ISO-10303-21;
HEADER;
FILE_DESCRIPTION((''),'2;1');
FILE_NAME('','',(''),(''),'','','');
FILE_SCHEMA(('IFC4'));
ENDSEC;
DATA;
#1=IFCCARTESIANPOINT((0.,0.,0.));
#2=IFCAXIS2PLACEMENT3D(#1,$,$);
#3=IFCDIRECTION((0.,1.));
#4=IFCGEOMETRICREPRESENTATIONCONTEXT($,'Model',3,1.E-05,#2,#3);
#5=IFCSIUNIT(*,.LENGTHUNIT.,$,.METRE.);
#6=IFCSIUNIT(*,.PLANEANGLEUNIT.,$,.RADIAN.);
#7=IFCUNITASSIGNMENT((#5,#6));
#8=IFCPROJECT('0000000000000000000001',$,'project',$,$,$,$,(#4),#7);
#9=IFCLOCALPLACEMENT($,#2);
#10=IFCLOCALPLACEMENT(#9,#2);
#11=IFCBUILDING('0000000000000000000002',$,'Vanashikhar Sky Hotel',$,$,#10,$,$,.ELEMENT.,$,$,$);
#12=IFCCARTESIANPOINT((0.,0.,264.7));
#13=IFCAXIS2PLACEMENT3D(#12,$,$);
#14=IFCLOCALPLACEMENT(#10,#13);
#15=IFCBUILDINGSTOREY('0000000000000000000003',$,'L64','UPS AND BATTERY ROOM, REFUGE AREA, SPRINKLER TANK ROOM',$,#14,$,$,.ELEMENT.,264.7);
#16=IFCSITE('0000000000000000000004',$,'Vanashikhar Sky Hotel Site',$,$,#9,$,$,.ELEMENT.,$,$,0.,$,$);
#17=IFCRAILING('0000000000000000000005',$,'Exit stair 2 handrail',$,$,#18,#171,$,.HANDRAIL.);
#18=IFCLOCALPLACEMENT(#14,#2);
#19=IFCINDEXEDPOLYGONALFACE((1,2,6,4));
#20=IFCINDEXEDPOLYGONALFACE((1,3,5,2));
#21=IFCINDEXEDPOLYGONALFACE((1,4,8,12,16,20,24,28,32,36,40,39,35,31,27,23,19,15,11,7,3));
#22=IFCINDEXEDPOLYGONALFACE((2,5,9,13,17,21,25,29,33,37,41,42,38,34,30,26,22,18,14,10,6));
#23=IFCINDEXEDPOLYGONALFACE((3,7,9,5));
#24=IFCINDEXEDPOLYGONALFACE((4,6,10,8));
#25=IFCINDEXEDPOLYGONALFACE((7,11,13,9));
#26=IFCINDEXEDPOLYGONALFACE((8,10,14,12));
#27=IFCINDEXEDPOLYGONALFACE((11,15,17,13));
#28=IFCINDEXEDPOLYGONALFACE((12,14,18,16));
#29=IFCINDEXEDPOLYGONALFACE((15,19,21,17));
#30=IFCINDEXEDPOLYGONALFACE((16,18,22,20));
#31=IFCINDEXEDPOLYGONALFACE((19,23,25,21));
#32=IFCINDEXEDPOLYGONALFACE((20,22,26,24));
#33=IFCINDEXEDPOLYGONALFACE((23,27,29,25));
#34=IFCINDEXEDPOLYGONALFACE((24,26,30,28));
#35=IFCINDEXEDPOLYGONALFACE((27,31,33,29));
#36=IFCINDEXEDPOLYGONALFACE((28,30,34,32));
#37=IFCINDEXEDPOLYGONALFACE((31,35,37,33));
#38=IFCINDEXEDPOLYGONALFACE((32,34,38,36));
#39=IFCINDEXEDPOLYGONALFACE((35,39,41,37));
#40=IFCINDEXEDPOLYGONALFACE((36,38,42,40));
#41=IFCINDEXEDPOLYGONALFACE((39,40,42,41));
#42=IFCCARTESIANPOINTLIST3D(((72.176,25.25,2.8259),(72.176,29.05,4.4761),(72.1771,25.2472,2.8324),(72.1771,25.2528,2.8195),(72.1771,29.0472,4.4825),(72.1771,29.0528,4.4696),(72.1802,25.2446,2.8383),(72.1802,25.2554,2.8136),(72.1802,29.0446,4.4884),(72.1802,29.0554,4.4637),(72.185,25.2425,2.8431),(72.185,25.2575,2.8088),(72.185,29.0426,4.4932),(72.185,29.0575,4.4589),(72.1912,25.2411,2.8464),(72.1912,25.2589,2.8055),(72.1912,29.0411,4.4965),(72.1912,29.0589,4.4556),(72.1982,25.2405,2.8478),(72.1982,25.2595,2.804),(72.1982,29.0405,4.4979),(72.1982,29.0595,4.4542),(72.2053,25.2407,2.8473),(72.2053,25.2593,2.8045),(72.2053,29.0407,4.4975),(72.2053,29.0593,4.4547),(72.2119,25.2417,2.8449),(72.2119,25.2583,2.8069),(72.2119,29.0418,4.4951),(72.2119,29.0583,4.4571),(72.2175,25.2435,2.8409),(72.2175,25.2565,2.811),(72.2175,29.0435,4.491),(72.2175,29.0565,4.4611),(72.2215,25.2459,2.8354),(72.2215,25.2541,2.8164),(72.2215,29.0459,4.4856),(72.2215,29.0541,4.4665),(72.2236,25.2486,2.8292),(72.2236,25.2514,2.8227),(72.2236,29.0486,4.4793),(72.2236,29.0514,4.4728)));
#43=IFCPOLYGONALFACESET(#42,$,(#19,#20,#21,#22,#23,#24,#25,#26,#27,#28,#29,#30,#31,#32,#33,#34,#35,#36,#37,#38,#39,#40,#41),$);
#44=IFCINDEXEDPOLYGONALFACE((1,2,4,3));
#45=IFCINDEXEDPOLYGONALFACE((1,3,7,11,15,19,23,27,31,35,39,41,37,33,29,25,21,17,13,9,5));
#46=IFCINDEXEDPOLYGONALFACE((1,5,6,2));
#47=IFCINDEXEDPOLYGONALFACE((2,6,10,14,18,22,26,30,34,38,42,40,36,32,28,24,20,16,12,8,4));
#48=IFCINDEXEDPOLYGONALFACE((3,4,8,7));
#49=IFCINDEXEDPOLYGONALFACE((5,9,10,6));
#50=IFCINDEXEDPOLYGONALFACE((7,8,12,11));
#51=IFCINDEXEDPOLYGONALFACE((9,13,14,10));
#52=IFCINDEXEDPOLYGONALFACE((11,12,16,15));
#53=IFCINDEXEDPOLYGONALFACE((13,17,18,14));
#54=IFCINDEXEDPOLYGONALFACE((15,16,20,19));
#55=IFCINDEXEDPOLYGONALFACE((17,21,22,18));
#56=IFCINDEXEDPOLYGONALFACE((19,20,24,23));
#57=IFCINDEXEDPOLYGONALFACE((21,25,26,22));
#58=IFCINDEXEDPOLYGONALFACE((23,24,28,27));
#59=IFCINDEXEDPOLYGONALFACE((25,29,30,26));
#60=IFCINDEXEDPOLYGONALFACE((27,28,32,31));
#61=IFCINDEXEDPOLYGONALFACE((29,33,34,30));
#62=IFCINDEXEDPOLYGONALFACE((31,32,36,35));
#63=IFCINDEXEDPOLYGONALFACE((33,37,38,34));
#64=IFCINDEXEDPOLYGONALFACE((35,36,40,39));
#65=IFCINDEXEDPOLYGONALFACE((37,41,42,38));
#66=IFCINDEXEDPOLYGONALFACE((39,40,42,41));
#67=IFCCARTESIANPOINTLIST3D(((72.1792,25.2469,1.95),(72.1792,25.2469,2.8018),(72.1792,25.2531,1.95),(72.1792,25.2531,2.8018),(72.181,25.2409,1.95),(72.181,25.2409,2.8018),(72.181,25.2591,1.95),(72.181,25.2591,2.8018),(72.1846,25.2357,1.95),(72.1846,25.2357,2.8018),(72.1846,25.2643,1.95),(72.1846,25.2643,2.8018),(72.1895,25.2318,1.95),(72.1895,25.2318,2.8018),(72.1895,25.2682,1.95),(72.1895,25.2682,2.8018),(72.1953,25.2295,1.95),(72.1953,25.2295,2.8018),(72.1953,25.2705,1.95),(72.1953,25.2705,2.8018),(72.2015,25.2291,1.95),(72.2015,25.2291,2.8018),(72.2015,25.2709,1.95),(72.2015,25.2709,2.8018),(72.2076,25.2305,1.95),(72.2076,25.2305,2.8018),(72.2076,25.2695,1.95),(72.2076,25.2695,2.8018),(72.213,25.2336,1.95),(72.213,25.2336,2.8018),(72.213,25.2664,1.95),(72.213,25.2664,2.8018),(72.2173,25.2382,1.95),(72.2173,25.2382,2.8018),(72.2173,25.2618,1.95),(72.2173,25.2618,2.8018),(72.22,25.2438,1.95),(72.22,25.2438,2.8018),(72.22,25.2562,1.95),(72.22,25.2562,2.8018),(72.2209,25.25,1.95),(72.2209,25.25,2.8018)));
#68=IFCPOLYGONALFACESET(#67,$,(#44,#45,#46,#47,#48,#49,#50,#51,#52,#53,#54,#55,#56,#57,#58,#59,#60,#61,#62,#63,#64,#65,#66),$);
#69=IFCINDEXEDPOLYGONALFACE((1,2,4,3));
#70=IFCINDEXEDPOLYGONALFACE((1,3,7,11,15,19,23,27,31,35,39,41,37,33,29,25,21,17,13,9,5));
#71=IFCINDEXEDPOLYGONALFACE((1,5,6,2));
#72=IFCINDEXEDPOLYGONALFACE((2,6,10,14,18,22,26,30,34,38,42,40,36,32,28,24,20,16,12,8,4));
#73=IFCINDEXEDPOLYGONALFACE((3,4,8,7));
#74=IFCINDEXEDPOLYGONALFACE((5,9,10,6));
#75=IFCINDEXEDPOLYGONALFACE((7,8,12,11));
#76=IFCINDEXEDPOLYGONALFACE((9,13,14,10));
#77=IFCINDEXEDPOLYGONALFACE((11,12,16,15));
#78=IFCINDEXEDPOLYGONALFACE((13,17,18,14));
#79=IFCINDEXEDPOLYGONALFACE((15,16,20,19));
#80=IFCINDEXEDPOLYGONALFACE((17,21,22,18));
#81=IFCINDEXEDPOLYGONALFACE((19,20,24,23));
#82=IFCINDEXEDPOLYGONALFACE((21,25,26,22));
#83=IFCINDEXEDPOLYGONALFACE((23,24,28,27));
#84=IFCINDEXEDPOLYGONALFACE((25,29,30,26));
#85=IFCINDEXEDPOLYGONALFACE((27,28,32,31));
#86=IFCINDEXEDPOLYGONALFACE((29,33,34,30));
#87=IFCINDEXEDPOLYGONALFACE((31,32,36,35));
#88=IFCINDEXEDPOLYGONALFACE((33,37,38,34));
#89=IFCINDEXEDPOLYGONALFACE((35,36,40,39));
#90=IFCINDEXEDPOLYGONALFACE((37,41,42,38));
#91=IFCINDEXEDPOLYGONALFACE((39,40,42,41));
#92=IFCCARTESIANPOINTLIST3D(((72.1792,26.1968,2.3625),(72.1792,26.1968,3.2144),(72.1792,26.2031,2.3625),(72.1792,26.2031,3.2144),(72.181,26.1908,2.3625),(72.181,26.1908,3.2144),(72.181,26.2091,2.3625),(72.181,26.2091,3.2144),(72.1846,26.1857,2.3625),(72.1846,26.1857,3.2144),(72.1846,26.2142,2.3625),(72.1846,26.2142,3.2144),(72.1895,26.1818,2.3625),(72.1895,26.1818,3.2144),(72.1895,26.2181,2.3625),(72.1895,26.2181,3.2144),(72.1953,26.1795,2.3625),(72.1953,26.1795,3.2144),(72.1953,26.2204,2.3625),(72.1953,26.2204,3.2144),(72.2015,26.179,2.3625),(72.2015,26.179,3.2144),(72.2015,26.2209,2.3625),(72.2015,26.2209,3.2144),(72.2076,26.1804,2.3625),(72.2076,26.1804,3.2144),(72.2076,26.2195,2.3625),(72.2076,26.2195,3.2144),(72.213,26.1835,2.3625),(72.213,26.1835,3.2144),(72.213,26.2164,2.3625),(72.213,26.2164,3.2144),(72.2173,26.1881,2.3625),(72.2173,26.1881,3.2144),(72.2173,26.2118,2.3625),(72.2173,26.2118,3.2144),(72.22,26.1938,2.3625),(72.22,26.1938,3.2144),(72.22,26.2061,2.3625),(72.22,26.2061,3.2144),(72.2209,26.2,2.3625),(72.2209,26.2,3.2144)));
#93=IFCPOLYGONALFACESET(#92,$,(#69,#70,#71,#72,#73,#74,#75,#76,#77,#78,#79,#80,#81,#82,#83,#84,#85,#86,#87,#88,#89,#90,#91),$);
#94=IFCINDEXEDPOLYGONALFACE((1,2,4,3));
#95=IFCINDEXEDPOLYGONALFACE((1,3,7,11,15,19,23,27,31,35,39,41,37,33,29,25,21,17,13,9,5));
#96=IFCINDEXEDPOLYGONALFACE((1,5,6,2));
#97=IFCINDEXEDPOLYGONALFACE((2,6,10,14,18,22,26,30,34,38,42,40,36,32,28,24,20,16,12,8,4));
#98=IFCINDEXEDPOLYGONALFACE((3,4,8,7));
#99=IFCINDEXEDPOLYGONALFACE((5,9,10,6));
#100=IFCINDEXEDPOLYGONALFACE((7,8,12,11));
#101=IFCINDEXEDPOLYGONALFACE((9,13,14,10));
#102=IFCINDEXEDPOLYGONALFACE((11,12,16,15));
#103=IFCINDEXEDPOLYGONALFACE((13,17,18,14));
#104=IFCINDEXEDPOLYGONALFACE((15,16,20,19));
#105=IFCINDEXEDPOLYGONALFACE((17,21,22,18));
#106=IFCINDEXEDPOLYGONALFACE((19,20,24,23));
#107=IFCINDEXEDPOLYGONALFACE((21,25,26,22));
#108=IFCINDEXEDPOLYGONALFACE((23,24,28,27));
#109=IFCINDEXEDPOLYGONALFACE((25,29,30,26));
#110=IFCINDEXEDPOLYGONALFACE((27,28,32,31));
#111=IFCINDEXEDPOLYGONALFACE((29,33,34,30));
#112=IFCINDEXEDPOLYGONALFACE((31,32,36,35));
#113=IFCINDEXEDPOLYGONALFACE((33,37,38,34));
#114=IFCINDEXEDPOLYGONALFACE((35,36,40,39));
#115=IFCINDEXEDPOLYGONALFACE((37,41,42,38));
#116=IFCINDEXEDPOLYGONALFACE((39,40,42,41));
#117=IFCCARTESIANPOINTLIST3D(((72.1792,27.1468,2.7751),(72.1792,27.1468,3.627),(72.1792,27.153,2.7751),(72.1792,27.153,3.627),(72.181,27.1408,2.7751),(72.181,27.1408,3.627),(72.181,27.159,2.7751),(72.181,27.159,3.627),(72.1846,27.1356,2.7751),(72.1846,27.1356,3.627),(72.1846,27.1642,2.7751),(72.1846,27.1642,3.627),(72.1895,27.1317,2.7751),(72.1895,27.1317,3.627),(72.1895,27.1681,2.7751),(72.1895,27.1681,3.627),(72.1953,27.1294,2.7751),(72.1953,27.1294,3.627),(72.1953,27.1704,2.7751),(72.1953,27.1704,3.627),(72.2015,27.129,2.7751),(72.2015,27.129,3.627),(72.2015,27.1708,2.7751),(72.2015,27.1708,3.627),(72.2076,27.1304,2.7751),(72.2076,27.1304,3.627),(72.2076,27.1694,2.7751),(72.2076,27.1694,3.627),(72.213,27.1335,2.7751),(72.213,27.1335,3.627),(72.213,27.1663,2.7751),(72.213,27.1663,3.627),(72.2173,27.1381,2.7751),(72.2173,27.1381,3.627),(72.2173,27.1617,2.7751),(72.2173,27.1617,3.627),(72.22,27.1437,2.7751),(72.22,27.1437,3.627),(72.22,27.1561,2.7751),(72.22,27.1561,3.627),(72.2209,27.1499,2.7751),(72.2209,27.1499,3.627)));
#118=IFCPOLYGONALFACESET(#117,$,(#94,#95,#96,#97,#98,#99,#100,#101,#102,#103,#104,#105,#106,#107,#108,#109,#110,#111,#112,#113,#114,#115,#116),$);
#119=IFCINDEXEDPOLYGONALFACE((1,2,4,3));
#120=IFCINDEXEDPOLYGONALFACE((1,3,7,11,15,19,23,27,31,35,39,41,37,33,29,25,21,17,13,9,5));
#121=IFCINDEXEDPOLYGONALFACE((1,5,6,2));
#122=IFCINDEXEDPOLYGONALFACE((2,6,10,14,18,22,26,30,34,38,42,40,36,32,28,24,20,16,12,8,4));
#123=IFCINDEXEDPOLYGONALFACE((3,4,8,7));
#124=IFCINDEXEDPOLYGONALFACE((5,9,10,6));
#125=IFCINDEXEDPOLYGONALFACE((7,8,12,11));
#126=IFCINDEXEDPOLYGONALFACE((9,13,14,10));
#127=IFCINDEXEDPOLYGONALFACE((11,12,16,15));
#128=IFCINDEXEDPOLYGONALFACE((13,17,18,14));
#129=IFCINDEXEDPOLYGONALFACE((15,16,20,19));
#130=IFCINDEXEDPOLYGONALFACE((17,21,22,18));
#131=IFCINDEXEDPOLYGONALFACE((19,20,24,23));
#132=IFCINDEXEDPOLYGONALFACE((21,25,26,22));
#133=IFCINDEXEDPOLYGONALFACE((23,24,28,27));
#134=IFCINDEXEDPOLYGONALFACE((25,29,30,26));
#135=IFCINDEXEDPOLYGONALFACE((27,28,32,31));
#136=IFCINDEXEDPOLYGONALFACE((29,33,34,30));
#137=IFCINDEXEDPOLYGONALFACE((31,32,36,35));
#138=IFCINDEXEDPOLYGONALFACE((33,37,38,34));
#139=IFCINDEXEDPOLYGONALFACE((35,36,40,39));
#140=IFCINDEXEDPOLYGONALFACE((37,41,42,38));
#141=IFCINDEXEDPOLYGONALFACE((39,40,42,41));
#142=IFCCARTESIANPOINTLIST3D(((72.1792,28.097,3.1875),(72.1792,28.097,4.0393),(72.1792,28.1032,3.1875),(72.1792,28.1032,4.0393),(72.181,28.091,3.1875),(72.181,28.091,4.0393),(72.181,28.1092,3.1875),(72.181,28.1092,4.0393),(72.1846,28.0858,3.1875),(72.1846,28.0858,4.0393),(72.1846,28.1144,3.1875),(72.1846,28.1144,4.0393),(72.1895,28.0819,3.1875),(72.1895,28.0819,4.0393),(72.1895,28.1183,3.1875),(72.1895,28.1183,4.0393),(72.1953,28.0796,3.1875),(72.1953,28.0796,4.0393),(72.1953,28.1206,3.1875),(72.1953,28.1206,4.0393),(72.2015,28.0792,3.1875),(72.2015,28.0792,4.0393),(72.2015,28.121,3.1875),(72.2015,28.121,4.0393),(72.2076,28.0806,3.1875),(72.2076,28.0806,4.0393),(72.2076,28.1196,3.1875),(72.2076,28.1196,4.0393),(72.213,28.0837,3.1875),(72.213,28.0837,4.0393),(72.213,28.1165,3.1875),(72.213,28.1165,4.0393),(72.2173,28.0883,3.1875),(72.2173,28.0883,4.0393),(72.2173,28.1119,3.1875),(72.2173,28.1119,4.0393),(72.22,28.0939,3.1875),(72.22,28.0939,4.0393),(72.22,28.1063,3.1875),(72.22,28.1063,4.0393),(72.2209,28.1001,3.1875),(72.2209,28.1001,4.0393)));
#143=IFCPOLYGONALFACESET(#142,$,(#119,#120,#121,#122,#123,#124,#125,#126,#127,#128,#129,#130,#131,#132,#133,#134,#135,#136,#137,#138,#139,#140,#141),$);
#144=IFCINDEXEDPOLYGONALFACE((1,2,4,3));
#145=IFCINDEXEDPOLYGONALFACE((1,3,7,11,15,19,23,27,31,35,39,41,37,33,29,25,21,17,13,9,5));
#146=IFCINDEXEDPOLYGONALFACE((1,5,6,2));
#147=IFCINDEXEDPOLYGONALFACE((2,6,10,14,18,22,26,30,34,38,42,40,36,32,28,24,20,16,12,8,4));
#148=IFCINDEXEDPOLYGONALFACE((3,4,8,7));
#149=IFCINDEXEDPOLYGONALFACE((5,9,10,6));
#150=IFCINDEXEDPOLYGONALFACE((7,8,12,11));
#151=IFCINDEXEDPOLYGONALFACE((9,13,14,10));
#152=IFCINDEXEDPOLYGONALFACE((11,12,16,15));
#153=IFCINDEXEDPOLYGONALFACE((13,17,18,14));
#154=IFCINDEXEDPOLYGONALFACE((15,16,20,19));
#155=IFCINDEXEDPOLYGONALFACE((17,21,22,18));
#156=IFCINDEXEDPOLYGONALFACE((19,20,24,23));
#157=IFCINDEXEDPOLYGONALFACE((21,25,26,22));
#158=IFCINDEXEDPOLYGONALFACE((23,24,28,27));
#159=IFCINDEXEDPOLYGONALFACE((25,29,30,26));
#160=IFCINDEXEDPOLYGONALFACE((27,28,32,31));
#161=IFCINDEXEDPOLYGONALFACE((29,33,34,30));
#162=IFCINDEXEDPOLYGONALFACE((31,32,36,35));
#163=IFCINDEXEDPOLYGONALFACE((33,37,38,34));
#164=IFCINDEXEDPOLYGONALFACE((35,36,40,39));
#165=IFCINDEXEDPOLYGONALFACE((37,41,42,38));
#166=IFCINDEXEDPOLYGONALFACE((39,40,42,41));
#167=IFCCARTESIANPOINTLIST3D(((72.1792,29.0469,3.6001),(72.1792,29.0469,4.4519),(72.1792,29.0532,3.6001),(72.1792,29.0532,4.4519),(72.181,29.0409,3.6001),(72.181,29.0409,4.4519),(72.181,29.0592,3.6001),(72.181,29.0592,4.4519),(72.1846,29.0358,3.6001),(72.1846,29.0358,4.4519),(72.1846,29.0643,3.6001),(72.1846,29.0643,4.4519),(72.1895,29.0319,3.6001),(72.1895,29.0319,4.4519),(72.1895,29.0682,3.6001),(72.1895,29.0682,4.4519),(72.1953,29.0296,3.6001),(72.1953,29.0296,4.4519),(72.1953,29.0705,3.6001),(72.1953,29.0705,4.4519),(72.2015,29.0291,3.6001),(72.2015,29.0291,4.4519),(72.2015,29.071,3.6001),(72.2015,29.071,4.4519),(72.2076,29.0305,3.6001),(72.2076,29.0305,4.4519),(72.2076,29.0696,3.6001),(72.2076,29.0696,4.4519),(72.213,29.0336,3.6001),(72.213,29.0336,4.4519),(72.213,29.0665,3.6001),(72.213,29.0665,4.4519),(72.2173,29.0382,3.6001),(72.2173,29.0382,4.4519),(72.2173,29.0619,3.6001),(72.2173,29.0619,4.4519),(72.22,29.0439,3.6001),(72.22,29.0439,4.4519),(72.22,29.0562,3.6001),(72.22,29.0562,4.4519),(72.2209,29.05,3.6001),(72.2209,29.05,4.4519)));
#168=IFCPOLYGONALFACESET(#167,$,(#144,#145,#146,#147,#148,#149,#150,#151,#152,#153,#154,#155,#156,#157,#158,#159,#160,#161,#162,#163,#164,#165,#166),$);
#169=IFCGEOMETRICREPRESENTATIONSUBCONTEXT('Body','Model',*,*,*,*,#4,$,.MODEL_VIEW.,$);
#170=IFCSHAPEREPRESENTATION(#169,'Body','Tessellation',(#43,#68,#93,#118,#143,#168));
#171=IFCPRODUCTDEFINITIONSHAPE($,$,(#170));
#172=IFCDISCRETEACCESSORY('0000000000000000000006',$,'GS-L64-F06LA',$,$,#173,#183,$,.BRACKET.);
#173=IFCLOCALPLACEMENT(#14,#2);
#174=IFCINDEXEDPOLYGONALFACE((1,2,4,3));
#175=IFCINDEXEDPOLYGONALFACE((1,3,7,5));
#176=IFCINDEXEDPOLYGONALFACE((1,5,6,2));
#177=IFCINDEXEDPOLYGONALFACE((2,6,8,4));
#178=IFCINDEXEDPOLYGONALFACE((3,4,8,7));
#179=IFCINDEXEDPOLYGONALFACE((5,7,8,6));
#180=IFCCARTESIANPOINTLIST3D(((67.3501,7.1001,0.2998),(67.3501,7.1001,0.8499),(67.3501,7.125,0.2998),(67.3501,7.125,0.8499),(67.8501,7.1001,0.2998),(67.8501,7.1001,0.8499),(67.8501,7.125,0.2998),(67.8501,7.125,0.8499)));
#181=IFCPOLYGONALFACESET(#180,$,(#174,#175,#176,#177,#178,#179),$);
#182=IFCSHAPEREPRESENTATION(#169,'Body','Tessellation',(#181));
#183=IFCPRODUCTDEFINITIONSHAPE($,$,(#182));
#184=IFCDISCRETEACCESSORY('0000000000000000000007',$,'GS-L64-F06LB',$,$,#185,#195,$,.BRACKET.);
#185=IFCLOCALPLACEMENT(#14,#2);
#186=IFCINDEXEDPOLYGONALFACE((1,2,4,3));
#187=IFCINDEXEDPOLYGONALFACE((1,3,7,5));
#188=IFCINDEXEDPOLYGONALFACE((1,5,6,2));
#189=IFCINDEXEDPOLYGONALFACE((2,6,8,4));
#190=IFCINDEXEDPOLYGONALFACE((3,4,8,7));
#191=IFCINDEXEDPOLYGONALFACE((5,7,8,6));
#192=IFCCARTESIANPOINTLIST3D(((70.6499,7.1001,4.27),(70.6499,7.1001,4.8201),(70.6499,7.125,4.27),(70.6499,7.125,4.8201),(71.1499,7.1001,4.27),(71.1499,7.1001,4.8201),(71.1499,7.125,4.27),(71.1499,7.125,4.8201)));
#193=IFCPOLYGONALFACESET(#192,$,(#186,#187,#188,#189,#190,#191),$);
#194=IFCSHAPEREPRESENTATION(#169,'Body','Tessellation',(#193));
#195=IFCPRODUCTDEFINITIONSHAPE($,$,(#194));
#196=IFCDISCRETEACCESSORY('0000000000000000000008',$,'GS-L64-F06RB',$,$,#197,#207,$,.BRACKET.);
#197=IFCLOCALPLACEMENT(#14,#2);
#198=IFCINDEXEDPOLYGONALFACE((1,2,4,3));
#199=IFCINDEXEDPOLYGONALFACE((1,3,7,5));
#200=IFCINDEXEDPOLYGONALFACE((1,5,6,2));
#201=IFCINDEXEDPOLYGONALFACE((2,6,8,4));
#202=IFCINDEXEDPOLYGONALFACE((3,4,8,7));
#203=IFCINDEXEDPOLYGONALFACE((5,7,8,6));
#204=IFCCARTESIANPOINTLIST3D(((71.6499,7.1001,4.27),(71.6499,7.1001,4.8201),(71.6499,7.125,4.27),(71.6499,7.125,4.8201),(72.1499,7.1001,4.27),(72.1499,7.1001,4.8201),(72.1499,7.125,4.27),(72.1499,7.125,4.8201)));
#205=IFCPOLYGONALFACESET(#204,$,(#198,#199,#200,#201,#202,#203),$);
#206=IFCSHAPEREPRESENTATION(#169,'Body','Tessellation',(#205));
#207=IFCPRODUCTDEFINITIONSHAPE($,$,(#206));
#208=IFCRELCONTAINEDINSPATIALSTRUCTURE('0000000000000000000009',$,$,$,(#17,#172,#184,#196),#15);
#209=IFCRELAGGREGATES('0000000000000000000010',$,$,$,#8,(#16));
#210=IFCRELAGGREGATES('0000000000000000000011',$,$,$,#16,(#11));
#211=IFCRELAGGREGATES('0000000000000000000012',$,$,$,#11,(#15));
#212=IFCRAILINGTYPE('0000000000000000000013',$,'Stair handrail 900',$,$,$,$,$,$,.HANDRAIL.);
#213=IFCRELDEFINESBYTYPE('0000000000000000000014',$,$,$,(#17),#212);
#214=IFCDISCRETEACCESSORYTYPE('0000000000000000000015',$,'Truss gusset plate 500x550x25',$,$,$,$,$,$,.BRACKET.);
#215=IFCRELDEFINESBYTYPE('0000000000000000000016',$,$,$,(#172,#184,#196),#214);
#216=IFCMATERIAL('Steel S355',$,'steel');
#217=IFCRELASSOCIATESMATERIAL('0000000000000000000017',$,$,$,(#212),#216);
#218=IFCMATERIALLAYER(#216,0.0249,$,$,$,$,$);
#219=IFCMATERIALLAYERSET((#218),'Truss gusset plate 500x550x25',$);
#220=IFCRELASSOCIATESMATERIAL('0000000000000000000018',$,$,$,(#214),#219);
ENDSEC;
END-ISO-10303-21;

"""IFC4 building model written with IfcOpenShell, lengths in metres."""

from ifc_helpers import new_model, si_unit, direction, frame, origin, origin_2d, place, context, subcontext, project, spatial, rectangle, circle, extrude, source, transform, mapped, material, layer, layer_set, type_object, element, save


model = new_model("IFC4")

# Units and contexts
model_context = context("Model", 3, precision=1e-05, world=origin(), true_north=direction((0.0, 1.0)))
body_context = subcontext(model_context, "Body", "Model", "MODEL_VIEW")
ifc_project = project(units=[si_unit("LENGTHUNIT", "METRE"), si_unit("PLANEANGLEUNIT", "RADIAN")], contexts=[model_context])

# Site, building, storey
site_placement = place(None, origin())
site = spatial("IfcSite", under=ifc_project, at=site_placement, Name="Vanashikhar Sky Hotel Site", CompositionType="ELEMENT", RefElevation=0.0)
building_placement = place(site_placement, origin())
building = spatial("IfcBuilding", under=site, at=building_placement, Name="Vanashikhar Sky Hotel", CompositionType="ELEMENT")
storey_placement = place(building_placement, frame((0.0, 0.0, 264.7)))
storey = spatial("IfcBuildingStorey", under=building, at=storey_placement, Name="L64", Description="UPS AND BATTERY ROOM, REFUGE AREA, SPRINKLER TANK ROOM", CompositionType="ELEMENT", Elevation=264.7)

# Railing
ifc_material_1 = material(Name="Steel S355", Category="steel")
railing_type = type_object("IfcRailingType", Name="Stair handrail 900", PredefinedType="HANDRAIL", material=ifc_material_1)
shared_shape_1 = source(origin(), body_context, "Body", "SweptSolid", [
    extrude(circle(Radius=0.0239, at=origin_2d()), frame((0.0, 0.0, 0.876), z_axis=(0.0, 0.917251, 0.39831), x_axis=(-1.0, 0.0, 0.0)), (0.0, 0.0, 1.0), 4.1428),
    extrude(circle(Radius=0.021, at=origin_2d()), origin(), (0.0, 0.0, 1.0), 0.8518),
    extrude(circle(Radius=0.021, at=origin_2d()), frame((0.0, 0.95, 0.4126)), (0.0, 0.0, 1.0), 0.8518),
    extrude(circle(Radius=0.021, at=origin_2d()), frame((0.0, 1.8999, 0.8252)), (0.0, 0.0, 1.0), 0.8518),
    extrude(circle(Radius=0.021, at=origin_2d()), frame((0.0, 2.8501, 1.2375)), (0.0, 0.0, 1.0), 0.8518),
    extrude(circle(Radius=0.021, at=origin_2d()), frame((0.0, 3.8, 1.6501)), (0.0, 0.0, 1.0), 0.8518),
])
railing_placement = place(storey_placement, frame((72.2, 25.25, 1.95)))
element("IfcRailing", 1, at=railing_placement, inside=storey, type_object=railing_type, Name="Exit stair 2 handrail", PredefinedType="HANDRAIL", context=body_context, shape_type="MappedRepresentation", body=[
    mapped(shared_shape_1, transform((0.0, 0.0, 0.0), scale=1.0)),
])

# Discrete accessories
ifc_layer_1 = layer(ifc_material_1, 0.0249)
ifc_layer_set_1 = layer_set([ifc_layer_1], Name="Truss gusset plate 500x550x25")
discrete_accessory_type = type_object("IfcDiscreteAccessoryType", Name="Truss gusset plate 500x550x25", PredefinedType="BRACKET", material=ifc_layer_set_1)
shared_shape_2 = source(origin(), body_context, "Body", "SweptSolid", [
    extrude(rectangle(XDim=0.5, YDim=0.0249, at=origin_2d()), origin(), (0.0, 0.0, 1.0), 0.55),
])
for number, where, z_axis, x_axis, name in (
    (2, (67.6001, 7.1125, 0.2998), (0.0, 0.0, 1.0), (1.0, 0.0, 0.0), "GS-L64-F06LA"),
    (3, (70.8999, 7.1125, 4.27), (0.0, 0.0, 1.0), (1.0, 0.0, 0.0), "GS-L64-F06LB"),
    (4, (71.8999, 7.1125, 4.27), (0.0, 0.0, 1.0), (1.0, 0.0, 0.0), "GS-L64-F06RB"),
):
    element("IfcDiscreteAccessory", number, at=place(storey_placement, frame(where, z_axis=z_axis, x_axis=x_axis)), inside=storey, type_object=discrete_accessory_type, Name=name, PredefinedType="BRACKET", context=body_context, shape_type="MappedRepresentation", body=[
        mapped(shared_shape_2, transform((0.0, 0.0, 0.0), scale=1.0)),
    ])

save(model, "model.ifc")
